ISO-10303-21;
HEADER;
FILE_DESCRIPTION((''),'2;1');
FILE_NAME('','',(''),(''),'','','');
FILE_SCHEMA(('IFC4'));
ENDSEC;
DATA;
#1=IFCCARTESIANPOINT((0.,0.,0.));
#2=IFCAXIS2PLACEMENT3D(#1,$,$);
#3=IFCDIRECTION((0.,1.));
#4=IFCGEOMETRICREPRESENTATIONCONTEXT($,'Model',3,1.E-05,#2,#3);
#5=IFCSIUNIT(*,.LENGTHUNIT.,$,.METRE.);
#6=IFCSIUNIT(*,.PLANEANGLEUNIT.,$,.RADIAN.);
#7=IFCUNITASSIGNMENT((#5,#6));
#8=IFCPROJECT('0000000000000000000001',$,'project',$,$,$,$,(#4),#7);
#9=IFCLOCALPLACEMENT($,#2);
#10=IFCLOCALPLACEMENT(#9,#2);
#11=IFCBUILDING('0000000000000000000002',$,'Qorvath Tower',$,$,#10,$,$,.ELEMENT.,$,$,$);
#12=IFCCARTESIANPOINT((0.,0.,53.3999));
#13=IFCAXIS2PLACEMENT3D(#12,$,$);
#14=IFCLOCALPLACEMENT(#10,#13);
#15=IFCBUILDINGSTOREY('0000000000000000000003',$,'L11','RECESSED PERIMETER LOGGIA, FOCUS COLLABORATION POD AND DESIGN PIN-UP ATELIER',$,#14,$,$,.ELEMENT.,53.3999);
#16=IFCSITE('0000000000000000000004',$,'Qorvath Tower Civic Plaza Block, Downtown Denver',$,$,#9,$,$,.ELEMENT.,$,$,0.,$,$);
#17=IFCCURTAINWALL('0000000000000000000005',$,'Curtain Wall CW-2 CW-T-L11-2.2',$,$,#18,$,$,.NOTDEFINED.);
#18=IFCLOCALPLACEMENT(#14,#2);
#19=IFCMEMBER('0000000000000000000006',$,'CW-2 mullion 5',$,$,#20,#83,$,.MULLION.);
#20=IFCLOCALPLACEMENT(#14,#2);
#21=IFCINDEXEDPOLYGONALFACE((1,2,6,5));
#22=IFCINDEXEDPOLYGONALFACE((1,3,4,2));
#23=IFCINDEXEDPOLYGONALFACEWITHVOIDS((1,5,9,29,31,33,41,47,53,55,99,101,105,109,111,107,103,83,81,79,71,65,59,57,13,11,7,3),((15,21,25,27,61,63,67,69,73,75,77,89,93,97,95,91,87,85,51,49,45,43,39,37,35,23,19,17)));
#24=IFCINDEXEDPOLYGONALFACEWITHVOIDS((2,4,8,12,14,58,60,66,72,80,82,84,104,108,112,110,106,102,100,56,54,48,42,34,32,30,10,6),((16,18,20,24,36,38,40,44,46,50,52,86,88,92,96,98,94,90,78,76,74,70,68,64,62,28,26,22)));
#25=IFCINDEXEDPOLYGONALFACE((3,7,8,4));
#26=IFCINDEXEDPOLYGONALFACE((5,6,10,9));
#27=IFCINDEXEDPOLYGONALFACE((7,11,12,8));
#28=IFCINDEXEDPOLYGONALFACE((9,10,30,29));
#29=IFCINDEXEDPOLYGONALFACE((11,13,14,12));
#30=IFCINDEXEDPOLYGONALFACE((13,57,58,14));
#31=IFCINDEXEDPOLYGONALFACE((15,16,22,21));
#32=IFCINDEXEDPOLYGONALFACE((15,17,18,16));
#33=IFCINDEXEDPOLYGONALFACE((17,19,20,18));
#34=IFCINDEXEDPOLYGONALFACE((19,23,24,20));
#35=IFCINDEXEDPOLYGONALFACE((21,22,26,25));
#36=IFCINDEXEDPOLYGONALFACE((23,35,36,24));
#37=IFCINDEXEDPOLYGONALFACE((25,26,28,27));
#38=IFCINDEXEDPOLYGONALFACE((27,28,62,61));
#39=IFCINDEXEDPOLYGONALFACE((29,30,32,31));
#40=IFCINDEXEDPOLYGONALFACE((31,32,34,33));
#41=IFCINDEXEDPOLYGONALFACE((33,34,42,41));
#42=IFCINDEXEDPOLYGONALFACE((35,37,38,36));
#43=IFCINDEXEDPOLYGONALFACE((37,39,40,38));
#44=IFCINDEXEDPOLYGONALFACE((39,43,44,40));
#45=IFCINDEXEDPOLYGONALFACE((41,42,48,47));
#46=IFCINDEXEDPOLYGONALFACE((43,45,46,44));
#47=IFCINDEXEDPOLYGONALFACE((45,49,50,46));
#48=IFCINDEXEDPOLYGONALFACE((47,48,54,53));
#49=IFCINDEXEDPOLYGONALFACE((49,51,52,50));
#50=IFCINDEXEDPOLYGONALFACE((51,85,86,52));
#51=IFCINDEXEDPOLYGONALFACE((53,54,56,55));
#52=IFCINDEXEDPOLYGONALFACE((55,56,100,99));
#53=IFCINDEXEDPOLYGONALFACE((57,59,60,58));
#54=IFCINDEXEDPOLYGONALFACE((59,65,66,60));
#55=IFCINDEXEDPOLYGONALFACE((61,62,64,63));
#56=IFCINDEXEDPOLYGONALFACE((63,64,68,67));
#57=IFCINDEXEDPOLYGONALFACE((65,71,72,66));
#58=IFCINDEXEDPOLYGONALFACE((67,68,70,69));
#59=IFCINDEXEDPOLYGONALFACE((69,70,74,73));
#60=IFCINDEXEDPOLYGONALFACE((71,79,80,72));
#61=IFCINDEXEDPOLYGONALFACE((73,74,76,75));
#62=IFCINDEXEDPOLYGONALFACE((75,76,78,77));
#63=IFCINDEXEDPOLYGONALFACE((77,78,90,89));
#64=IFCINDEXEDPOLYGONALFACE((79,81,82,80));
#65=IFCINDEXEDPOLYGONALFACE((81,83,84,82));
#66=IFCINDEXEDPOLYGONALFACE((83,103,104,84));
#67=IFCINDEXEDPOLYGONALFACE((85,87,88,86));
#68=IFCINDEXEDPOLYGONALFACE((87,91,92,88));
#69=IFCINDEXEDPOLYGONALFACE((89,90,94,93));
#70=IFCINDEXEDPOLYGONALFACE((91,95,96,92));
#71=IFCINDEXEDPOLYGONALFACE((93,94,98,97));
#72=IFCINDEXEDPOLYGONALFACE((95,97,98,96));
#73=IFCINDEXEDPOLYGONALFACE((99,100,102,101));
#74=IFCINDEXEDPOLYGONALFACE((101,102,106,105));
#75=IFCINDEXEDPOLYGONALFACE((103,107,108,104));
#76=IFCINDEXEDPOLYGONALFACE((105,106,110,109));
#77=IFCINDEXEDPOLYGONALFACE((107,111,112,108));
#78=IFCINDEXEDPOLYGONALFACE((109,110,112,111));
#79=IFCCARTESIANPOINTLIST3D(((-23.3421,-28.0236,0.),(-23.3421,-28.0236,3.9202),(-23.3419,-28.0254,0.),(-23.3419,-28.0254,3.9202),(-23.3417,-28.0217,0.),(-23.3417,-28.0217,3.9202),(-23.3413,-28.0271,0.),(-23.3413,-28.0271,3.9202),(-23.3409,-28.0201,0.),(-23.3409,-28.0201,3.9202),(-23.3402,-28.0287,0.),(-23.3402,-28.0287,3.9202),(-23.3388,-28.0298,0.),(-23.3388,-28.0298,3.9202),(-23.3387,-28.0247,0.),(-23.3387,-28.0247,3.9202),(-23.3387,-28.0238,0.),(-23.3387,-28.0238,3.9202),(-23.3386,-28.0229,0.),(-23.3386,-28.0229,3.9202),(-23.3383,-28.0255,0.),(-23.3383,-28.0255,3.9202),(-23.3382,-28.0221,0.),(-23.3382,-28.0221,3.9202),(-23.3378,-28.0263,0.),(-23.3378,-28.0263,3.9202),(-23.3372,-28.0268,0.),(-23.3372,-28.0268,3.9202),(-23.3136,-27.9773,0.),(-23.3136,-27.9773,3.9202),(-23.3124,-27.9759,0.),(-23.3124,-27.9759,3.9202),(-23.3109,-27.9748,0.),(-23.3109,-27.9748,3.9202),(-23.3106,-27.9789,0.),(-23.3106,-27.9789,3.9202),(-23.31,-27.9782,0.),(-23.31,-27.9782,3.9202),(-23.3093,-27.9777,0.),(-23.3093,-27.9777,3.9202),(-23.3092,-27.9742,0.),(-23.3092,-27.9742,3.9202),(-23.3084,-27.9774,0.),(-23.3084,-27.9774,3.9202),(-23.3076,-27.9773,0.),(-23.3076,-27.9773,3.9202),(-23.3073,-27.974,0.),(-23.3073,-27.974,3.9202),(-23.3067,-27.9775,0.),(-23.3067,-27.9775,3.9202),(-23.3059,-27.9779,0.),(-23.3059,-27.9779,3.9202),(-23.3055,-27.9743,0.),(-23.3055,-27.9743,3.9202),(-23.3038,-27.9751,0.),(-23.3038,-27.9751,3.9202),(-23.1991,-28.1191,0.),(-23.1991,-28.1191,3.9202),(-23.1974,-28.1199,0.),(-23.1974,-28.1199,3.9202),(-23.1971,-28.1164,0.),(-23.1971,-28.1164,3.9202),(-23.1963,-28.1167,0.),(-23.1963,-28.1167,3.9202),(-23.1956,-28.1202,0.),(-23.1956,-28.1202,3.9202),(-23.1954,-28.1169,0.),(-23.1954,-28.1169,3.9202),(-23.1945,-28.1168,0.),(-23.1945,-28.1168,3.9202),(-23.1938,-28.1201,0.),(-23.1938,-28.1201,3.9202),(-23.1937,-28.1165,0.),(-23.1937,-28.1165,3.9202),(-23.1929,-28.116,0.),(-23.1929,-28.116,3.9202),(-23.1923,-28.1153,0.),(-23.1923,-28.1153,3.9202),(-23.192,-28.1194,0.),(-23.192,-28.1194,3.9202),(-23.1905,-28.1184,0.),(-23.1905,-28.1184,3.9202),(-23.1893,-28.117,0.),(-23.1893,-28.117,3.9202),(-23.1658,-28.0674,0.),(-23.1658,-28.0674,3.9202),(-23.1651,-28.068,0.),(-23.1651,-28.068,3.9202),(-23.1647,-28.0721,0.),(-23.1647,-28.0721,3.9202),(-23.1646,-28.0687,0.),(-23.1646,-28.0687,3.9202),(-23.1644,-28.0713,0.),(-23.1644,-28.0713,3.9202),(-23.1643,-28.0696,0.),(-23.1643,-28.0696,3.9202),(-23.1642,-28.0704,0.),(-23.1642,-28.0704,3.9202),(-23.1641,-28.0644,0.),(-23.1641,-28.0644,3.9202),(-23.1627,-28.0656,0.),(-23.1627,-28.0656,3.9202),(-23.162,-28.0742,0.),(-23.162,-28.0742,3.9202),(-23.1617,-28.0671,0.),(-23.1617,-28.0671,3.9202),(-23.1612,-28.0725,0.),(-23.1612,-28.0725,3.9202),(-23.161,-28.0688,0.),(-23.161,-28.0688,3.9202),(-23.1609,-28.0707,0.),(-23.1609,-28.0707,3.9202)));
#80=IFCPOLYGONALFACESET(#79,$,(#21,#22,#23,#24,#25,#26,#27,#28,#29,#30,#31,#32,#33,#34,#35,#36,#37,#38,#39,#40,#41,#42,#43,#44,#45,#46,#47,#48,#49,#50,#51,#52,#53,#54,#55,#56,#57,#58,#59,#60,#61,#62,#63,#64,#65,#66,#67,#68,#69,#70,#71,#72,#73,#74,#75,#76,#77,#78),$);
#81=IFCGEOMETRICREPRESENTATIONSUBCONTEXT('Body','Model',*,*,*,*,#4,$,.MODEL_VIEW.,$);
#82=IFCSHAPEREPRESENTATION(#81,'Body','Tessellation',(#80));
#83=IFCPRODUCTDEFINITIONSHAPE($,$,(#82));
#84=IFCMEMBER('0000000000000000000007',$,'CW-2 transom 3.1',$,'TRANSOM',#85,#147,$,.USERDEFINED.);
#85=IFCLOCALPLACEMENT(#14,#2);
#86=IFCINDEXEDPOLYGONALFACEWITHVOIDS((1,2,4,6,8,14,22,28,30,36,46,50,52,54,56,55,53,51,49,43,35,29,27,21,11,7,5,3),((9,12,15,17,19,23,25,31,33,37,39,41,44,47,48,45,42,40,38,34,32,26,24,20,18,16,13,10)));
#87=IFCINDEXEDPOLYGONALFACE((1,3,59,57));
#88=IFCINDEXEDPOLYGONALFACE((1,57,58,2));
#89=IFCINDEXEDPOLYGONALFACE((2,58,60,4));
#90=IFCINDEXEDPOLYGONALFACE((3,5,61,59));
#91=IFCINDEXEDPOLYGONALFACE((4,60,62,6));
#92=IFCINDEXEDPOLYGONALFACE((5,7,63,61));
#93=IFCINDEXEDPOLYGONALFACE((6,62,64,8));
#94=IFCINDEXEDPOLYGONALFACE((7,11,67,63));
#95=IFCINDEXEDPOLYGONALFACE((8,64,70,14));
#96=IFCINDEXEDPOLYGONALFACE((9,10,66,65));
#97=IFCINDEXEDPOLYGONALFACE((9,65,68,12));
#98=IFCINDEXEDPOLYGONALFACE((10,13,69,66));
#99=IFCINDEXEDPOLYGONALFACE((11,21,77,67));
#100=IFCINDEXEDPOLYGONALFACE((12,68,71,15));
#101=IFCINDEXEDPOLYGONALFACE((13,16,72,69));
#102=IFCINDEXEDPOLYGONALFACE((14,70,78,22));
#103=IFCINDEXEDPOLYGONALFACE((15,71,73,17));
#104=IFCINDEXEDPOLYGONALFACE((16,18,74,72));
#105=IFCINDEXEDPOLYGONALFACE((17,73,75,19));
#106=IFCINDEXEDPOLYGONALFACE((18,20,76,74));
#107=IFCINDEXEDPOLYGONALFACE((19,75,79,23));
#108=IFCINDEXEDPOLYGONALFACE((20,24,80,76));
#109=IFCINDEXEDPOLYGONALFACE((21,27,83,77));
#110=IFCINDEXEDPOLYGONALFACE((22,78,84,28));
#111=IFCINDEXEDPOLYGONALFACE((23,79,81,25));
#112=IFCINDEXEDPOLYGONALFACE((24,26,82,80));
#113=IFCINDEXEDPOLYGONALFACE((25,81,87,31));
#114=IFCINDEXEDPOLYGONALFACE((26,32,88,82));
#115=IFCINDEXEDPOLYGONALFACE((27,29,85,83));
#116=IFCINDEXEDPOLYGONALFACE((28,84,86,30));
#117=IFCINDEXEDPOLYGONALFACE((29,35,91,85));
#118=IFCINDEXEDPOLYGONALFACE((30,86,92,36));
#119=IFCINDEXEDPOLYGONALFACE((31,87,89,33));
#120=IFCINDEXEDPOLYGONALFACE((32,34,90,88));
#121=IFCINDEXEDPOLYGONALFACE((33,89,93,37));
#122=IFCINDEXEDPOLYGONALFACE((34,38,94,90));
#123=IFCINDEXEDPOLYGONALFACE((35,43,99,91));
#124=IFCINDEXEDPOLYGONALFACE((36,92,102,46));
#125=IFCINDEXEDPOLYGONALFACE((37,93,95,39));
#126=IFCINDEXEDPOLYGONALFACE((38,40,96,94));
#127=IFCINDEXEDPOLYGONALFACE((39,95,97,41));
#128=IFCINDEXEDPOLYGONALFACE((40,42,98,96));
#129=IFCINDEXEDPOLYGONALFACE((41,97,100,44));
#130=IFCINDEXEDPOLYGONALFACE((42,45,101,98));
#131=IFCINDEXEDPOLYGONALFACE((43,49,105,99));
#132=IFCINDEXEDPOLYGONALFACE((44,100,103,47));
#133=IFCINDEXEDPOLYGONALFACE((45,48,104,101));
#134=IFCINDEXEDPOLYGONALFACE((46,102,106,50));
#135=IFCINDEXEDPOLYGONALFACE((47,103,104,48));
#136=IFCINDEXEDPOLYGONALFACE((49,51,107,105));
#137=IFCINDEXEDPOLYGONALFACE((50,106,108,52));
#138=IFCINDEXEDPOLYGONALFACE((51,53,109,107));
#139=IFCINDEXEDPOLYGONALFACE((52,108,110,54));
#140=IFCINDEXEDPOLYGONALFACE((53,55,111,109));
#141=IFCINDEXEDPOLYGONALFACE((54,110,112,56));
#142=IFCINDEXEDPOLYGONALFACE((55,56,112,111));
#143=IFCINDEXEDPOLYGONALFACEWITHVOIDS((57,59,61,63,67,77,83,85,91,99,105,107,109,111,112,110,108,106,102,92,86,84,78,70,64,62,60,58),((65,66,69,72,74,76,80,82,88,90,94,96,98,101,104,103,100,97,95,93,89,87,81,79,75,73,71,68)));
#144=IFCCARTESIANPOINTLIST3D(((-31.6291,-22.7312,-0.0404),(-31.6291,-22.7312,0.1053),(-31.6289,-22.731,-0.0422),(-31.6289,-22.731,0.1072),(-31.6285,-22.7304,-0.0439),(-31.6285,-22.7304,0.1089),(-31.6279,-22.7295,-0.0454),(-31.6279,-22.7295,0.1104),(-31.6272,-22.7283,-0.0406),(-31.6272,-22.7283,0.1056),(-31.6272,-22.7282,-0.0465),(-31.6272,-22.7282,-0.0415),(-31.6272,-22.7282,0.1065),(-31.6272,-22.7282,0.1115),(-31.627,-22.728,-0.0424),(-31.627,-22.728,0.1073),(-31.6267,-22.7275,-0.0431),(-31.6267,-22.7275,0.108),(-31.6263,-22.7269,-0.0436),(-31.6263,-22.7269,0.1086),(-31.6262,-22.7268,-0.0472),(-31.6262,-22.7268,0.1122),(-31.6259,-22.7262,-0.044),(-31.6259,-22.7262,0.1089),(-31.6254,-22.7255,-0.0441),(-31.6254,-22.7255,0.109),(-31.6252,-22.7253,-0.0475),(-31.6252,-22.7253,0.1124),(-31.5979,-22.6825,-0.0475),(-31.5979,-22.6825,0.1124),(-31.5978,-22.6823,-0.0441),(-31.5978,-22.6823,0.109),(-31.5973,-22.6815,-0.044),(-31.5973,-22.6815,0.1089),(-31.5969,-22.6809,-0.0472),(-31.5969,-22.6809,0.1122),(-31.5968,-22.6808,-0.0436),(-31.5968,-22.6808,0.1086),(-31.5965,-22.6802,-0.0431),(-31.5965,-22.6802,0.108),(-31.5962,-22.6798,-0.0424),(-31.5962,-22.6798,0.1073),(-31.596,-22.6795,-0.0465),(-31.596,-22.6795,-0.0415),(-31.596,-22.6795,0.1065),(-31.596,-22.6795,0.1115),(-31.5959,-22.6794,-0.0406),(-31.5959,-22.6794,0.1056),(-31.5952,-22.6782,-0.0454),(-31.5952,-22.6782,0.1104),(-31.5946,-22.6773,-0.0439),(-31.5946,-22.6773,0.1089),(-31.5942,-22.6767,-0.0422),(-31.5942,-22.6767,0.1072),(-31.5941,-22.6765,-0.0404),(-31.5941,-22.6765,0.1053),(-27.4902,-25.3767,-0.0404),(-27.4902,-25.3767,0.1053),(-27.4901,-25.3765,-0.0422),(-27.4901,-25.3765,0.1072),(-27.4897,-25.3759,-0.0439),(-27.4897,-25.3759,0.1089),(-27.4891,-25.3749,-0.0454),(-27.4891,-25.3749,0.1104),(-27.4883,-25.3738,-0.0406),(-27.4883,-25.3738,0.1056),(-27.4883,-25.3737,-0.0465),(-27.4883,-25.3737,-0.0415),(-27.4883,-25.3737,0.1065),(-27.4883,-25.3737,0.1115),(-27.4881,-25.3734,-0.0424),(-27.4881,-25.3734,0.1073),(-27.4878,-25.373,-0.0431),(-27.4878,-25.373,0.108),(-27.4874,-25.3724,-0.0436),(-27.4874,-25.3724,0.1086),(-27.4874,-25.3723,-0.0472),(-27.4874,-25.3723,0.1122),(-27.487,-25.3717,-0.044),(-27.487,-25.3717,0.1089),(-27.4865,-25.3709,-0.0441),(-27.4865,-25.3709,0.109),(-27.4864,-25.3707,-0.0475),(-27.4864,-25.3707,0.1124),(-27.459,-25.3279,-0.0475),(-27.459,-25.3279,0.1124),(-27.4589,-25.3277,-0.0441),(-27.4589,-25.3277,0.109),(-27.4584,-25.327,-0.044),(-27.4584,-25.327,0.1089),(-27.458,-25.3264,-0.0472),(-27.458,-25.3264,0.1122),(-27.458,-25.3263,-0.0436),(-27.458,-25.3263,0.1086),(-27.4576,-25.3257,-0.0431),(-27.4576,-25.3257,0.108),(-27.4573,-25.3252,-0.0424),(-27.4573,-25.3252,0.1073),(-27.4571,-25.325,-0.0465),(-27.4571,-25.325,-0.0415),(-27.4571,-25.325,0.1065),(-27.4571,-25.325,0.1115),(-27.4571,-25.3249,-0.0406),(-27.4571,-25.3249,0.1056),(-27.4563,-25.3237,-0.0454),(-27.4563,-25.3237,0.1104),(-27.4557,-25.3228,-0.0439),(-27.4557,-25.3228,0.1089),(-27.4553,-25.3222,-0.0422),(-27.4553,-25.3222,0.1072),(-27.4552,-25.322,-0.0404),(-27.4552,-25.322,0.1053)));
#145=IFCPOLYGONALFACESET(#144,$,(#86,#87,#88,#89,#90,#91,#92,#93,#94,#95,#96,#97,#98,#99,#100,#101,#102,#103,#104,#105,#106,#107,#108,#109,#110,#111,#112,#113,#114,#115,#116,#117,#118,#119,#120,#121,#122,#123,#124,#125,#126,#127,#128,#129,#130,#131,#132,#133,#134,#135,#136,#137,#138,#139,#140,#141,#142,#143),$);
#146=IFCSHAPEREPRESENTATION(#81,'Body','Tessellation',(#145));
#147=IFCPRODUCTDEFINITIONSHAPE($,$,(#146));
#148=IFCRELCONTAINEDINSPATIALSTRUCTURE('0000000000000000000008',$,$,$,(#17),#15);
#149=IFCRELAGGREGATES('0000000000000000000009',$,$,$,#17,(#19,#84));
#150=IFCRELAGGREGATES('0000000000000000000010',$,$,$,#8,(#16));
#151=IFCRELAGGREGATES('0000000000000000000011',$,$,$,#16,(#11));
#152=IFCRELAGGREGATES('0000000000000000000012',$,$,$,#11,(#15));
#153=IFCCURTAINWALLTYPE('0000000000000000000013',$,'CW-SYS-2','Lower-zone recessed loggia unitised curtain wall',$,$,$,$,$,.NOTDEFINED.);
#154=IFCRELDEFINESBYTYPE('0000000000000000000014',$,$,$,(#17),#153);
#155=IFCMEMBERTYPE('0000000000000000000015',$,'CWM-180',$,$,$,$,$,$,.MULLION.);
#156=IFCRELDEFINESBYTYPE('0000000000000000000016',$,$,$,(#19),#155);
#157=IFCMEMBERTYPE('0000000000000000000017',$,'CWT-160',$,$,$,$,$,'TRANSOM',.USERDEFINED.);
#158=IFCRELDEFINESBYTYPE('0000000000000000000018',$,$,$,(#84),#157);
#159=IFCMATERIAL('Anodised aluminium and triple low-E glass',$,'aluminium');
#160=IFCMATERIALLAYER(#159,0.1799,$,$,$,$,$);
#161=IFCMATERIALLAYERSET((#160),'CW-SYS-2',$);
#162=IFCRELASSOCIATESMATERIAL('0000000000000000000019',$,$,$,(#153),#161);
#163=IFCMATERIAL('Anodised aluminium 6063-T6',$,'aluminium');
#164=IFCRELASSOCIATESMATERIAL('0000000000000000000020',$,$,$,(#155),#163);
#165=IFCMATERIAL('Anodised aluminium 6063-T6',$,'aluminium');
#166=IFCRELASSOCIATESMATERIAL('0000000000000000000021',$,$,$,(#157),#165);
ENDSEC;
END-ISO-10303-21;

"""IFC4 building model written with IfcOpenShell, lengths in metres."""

from ifc_helpers import new_model, si_unit, direction, frame, origin, origin_2d, place, context, subcontext, project, spatial, hollow_rectangle, extrude, material, layer, layer_set, material_profile, profile_set, type_object, element, aggregate, save


model = new_model("IFC4")

# Units and contexts
model_context = context("Model", 3, precision=1e-05, world=origin(), true_north=direction((0.0, 1.0)))
body_context = subcontext(model_context, "Body", "Model", "MODEL_VIEW")
ifc_project = project(units=[si_unit("LENGTHUNIT", "METRE"), si_unit("PLANEANGLEUNIT", "RADIAN")], contexts=[model_context])

# Site, building, storey
site_placement = place(None, origin())
site = spatial("IfcSite", under=ifc_project, at=site_placement, Name="Qorvath Tower Civic Plaza Block, Downtown Denver", CompositionType="ELEMENT", RefElevation=0.0)
building_placement = place(site_placement, origin())
building = spatial("IfcBuilding", under=site, at=building_placement, Name="Qorvath Tower", CompositionType="ELEMENT")
storey_placement = place(building_placement, frame((0.0, 0.0, 53.3999)))
storey = spatial("IfcBuildingStorey", under=building, at=storey_placement, Name="L11", Description="RECESSED PERIMETER LOGGIA, FOCUS COLLABORATION POD AND DESIGN PIN-UP ATELIER", CompositionType="ELEMENT", Elevation=53.3999)

# Curtain wall, members
ifc_material_1 = material(Name="Anodised aluminium and triple low-E glass", Category="aluminium")
ifc_layer_1 = layer(ifc_material_1, 0.1799)
ifc_layer_set_1 = layer_set([ifc_layer_1], Name="CW-SYS-2")
curtain_wall_type = type_object("IfcCurtainWallType", Name="CW-SYS-2", Description="Lower-zone recessed loggia unitised curtain wall", PredefinedType="NOTDEFINED", material=ifc_layer_set_1)
curtain_wall_placement = place(storey_placement, origin())
curtain_wall = element("IfcCurtainWall", 1, at=curtain_wall_placement, inside=storey, type_object=curtain_wall_type, Name="Curtain Wall CW-2 CW-T-L11-2.2", PredefinedType="NOTDEFINED")
ifc_material_2 = material(Name="Anodised aluminium 6063-T6", Category="aluminium")
ifc_material_profile_1 = material_profile(ifc_material_2, hollow_rectangle(XDim=0.0649, YDim=0.1799, WallThickness=0.0034, InnerFilletRadius=0.0034, OuterFilletRadius=0.0071, at=origin_2d()), Name="CWM 180x65")
ifc_profile_set_1 = profile_set([ifc_material_profile_1], Name="Anodised aluminium 6063-T6")
member_type_1 = type_object("IfcMemberType", Name="CWM-180", PredefinedType="MULLION", material=ifc_profile_set_1)
member_1_placement = place(storey_placement, frame((-23.2515, -28.0471, 0.0), z_axis=(0.0, 0.0, 1.0), x_axis=(0.538537, 0.842602, 0.0)))
member_1 = element("IfcMember", 2, at=member_1_placement, type_object=member_type_1, Name="CW-2 mullion 5", PredefinedType="MULLION", context=body_context, shape_type="SweptSolid", body=[
    extrude(hollow_rectangle(XDim=0.0649, YDim=0.1799, WallThickness=0.0034, InnerFilletRadius=0.0034, OuterFilletRadius=0.0071, at=origin_2d()), origin(), (0.0, 0.0, 1.0), 3.9202),
])
ifc_material_3 = material(Name="Anodised aluminium 6063-T6", Category="aluminium")
ifc_material_profile_2 = material_profile(ifc_material_3, hollow_rectangle(XDim=0.0649, YDim=0.1599, WallThickness=0.0034, InnerFilletRadius=0.0034, OuterFilletRadius=0.0071, at=origin_2d()), Name="CWT 160x65")
ifc_profile_set_2 = profile_set([ifc_material_profile_2], Name="Anodised aluminium 6063-T6")
member_type_2 = type_object("IfcMemberType", Name="CWT-160", ElementType="TRANSOM", PredefinedType="USERDEFINED", material=ifc_profile_set_2)
member_2_placement = place(storey_placement, frame((-31.6116, -22.7039, 0.0325), z_axis=(0.842585, -0.538563, 0.0), x_axis=(0.538563, 0.842585, 0.0)))
member_2 = element("IfcMember", 3, at=member_2_placement, type_object=member_type_2, Name="CW-2 transom 3.1", ObjectType="TRANSOM", PredefinedType="USERDEFINED", context=body_context, shape_type="SweptSolid", body=[
    extrude(hollow_rectangle(XDim=0.0649, YDim=0.1599, WallThickness=0.0034, InnerFilletRadius=0.0034, OuterFilletRadius=0.0071, at=origin_2d()), origin(), (0.0, 0.0, 1.0), 4.9121),
])
aggregate(curtain_wall, [member_1, member_2])

save(model, "model.ifc")
